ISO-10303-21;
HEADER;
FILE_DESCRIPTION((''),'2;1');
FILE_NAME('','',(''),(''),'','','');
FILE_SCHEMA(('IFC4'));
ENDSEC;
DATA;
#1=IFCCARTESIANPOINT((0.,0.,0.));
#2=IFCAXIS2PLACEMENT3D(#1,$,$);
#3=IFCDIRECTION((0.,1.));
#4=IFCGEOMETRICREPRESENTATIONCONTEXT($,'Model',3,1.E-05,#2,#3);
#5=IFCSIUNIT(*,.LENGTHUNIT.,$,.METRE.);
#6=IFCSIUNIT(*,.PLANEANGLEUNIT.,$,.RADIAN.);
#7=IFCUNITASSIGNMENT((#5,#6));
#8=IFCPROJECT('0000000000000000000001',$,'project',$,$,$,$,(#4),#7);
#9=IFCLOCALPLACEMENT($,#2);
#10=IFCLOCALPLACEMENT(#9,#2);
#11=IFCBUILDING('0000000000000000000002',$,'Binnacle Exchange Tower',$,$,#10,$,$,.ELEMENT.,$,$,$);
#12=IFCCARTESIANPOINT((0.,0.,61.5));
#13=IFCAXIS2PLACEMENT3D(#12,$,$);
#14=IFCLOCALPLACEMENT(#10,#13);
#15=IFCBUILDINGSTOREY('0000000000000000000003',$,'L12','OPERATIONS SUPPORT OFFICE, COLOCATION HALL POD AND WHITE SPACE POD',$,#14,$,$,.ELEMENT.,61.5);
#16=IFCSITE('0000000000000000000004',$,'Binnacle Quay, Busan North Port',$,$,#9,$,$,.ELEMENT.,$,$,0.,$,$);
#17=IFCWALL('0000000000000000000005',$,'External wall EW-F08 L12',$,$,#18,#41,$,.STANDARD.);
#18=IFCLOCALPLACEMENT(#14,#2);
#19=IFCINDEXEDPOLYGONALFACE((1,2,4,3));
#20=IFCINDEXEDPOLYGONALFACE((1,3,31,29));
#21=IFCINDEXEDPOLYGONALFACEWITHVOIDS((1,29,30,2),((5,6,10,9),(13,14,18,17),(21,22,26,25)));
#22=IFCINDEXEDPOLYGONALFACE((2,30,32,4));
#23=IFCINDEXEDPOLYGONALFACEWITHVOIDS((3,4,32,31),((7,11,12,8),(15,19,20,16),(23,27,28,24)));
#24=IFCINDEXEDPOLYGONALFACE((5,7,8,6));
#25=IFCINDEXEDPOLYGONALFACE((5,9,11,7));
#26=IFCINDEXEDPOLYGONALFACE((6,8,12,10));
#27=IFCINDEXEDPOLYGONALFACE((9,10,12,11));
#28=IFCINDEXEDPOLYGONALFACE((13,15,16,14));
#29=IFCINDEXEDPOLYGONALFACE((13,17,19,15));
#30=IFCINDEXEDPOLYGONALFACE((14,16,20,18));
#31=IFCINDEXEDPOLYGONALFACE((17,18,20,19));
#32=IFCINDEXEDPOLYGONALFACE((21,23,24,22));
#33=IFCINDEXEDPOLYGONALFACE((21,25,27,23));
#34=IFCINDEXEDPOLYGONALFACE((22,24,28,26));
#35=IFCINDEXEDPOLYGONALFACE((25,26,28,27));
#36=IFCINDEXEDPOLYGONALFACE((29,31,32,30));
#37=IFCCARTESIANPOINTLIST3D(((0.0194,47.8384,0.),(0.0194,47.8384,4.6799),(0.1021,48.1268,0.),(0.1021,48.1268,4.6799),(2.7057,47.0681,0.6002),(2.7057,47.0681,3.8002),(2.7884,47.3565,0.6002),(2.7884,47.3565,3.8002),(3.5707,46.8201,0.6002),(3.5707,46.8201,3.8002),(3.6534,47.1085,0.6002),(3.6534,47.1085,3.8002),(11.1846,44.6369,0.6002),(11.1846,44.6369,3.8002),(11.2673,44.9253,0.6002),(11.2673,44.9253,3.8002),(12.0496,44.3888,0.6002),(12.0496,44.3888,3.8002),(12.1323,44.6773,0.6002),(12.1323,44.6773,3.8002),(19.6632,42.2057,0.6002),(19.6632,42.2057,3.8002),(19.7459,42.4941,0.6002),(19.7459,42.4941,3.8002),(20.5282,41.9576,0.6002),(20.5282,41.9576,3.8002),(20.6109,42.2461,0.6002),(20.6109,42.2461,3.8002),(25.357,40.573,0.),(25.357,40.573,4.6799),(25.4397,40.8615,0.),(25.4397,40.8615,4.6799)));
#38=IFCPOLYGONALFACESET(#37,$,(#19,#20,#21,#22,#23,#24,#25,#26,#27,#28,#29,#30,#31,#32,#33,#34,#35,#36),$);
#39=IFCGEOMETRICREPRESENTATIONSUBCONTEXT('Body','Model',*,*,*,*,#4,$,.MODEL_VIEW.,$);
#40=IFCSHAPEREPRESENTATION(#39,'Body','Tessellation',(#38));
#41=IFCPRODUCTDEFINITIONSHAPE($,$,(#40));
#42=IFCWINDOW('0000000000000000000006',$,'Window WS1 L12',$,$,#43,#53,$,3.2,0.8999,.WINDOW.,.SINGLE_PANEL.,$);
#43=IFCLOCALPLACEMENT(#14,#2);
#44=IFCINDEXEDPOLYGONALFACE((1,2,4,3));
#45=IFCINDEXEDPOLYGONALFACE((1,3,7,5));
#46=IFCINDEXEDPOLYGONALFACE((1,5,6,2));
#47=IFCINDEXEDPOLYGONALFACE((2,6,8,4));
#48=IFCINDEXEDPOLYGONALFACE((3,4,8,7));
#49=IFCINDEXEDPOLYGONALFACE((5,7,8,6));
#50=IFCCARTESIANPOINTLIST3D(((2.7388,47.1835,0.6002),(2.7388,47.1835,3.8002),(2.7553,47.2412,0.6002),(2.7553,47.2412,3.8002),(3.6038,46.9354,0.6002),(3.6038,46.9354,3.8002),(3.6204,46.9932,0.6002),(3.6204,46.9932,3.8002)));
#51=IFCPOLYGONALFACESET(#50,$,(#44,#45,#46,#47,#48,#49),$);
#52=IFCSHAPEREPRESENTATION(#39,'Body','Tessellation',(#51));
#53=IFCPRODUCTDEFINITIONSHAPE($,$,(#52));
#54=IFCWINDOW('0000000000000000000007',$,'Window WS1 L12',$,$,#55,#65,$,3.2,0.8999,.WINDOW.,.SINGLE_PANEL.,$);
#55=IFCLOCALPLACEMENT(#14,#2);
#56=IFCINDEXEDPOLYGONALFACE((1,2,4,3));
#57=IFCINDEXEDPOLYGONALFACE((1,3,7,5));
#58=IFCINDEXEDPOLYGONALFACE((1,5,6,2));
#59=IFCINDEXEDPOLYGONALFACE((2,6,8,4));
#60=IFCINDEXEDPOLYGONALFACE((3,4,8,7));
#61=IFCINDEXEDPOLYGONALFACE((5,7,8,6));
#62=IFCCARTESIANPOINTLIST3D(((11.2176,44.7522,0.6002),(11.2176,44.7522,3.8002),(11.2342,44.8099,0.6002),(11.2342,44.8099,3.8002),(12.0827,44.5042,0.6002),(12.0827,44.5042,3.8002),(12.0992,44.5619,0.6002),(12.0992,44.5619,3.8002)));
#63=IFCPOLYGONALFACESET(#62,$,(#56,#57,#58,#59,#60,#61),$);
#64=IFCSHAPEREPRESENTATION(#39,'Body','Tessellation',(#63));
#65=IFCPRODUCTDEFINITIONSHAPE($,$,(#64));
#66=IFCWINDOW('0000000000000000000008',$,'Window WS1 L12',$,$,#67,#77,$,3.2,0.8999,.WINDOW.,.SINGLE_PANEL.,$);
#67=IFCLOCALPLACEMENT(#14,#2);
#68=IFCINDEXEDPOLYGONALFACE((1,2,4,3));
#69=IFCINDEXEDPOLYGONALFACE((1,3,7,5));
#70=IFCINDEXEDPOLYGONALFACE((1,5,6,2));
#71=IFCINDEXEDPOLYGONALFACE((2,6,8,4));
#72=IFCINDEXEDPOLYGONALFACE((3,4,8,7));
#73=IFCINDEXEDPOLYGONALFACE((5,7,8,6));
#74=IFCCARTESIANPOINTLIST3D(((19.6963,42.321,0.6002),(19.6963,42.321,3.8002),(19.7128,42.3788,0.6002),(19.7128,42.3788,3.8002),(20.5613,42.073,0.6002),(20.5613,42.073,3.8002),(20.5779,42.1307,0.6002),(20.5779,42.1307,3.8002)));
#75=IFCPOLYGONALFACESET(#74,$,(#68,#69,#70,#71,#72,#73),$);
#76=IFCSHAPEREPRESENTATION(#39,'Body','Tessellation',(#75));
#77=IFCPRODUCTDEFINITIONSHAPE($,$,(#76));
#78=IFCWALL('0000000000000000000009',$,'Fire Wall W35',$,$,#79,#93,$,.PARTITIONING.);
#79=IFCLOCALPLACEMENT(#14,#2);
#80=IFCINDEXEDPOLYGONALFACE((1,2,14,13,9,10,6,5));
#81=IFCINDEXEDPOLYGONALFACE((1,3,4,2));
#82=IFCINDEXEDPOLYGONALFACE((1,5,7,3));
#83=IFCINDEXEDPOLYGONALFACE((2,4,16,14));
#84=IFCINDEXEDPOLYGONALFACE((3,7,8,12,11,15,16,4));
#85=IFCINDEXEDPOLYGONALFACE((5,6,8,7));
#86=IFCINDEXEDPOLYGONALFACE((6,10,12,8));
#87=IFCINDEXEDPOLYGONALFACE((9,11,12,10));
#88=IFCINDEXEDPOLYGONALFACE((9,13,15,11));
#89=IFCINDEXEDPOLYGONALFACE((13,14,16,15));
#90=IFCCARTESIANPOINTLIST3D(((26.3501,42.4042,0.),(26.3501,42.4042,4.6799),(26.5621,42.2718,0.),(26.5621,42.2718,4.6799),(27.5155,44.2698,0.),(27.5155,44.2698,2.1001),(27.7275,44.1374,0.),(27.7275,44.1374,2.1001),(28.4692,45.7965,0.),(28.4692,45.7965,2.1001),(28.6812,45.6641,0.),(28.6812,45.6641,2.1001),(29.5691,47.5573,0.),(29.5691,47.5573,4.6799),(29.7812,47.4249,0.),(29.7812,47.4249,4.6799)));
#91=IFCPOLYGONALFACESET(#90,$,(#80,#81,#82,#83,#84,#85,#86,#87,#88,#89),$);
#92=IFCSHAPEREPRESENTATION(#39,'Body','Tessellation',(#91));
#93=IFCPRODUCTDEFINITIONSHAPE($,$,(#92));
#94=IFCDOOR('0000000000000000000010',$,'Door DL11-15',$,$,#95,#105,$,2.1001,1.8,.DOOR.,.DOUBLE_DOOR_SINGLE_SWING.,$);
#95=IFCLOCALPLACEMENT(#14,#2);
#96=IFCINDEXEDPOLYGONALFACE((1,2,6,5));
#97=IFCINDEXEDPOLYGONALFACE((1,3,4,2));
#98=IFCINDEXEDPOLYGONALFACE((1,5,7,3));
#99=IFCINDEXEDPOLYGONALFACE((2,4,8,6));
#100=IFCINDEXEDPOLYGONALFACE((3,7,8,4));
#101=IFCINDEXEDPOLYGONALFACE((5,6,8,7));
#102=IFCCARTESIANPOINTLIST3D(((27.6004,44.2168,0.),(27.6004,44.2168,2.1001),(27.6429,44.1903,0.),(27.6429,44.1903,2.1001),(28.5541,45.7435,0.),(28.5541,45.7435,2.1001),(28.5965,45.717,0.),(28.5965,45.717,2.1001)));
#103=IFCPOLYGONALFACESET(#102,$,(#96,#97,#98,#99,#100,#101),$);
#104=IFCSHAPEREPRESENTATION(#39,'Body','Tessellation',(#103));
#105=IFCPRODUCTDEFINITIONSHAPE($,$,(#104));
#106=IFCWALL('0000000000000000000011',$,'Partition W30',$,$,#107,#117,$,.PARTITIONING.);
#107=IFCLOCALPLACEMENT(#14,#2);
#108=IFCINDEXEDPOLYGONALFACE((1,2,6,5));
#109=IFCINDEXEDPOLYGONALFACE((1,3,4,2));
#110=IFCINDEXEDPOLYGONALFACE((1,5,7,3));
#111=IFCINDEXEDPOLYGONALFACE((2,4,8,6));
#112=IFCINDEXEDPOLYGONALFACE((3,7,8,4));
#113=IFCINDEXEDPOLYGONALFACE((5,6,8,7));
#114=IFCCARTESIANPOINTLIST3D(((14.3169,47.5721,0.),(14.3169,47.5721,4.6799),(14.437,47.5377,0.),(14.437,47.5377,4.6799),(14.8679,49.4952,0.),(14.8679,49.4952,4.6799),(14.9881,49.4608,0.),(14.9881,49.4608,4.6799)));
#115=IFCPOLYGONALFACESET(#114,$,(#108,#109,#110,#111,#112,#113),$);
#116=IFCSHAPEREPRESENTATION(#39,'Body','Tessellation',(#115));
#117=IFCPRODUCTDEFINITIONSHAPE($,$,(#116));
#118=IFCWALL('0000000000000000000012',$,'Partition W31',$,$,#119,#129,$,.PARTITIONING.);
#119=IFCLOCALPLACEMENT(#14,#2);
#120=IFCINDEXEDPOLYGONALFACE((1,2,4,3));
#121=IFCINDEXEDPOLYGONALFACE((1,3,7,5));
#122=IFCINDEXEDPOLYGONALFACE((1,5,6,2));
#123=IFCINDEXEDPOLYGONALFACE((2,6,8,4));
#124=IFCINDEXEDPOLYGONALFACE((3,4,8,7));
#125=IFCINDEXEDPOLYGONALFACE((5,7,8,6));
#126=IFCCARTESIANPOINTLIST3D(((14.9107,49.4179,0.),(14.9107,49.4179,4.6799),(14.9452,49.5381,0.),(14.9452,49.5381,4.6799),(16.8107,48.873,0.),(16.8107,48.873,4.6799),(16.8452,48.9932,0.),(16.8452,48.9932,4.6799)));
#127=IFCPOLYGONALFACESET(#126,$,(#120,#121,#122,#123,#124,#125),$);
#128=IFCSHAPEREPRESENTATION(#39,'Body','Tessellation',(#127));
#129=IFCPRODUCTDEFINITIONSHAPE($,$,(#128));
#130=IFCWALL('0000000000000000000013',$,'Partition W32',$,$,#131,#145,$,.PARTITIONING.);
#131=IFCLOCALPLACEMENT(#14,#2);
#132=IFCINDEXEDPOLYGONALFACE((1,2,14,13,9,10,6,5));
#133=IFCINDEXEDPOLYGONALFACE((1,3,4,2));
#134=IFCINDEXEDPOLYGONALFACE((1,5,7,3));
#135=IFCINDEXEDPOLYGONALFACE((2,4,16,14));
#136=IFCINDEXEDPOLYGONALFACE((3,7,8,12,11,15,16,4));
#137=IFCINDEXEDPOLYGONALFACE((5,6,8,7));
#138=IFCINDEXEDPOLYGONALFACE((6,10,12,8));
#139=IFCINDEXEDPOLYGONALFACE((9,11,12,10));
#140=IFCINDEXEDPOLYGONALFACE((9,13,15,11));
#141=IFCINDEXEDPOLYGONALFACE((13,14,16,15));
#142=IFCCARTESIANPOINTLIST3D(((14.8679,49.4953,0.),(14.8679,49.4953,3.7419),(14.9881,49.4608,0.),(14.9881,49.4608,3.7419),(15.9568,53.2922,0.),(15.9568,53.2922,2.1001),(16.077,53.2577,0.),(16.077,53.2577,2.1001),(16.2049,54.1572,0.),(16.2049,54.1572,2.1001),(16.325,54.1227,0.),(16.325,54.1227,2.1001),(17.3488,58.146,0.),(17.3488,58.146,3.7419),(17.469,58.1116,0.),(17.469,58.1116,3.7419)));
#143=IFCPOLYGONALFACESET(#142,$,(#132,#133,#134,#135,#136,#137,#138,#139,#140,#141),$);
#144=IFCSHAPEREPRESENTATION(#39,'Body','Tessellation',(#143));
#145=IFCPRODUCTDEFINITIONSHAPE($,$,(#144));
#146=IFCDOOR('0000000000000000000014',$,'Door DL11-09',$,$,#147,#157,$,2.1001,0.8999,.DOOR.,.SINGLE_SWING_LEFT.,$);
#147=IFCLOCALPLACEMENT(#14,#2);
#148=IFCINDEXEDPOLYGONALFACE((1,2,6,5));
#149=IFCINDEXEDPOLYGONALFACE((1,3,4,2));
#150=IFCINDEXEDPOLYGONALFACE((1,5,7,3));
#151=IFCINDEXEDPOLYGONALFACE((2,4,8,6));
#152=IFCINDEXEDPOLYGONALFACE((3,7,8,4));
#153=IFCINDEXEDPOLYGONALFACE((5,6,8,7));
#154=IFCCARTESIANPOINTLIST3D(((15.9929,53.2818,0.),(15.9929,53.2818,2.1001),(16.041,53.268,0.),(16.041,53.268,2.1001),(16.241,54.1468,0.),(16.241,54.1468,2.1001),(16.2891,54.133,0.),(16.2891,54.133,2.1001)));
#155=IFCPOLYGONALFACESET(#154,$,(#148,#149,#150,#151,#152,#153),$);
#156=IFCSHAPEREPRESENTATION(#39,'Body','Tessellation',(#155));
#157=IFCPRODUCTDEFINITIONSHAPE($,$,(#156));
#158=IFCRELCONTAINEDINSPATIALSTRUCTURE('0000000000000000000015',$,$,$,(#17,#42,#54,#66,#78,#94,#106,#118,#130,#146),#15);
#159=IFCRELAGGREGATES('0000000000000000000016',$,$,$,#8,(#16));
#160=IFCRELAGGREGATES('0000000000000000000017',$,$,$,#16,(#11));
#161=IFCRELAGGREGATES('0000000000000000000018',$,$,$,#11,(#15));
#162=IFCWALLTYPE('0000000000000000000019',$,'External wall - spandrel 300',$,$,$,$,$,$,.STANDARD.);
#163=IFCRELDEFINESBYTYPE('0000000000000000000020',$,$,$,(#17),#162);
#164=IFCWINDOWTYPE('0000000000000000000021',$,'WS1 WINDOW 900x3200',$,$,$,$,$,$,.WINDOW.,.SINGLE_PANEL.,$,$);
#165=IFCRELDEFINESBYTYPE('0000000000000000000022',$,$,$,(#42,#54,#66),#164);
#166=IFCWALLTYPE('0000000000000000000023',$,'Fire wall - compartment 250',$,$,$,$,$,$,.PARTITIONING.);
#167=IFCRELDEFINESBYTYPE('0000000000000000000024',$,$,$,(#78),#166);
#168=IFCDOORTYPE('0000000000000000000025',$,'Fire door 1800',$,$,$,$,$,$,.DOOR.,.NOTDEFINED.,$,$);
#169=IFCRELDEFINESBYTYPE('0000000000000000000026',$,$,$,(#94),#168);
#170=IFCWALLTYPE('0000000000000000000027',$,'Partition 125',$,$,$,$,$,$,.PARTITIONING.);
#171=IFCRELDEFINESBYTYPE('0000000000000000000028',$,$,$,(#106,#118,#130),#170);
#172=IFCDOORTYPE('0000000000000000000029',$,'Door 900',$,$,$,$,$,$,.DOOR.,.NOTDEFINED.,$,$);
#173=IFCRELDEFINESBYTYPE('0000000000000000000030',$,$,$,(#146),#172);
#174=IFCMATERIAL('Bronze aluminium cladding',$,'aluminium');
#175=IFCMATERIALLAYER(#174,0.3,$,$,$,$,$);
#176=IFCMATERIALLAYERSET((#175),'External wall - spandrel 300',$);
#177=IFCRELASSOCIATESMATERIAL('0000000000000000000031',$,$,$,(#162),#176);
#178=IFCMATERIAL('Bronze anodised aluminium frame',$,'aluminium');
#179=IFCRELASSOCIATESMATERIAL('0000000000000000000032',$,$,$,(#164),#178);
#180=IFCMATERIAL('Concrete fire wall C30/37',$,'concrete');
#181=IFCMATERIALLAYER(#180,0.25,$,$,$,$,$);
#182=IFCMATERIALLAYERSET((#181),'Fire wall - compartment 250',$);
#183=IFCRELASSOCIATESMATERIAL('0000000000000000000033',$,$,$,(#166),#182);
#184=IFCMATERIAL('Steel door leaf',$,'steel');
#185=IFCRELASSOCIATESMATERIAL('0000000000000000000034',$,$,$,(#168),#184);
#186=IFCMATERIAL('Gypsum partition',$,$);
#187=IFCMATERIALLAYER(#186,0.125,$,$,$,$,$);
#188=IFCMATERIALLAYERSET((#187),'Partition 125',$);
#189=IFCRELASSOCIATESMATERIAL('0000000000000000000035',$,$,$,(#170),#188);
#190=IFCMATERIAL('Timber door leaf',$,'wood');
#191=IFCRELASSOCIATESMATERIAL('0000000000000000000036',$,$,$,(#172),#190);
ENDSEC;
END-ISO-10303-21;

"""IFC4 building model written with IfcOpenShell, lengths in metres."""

from ifc_helpers import new_model, si_unit, direction, frame, frame_2d, origin, place, context, subcontext, project, spatial, rectangle, extrude, material, layer, layer_set, type_object, element, fill, save


model = new_model("IFC4")

# Units and contexts
model_context = context("Model", 3, precision=1e-05, world=origin(), true_north=direction((0.0, 1.0)))
body_context = subcontext(model_context, "Body", "Model", "MODEL_VIEW")
ifc_project = project(units=[si_unit("LENGTHUNIT", "METRE"), si_unit("PLANEANGLEUNIT", "RADIAN")], contexts=[model_context])

# Site, building, storey
site_placement = place(None, origin())
site = spatial("IfcSite", under=ifc_project, at=site_placement, Name="Binnacle Quay, Busan North Port", CompositionType="ELEMENT", RefElevation=0.0)
building_placement = place(site_placement, origin())
building = spatial("IfcBuilding", under=site, at=building_placement, Name="Binnacle Exchange Tower", CompositionType="ELEMENT")
storey_placement = place(building_placement, frame((0.0, 0.0, 61.5)))
storey = spatial("IfcBuildingStorey", under=building, at=storey_placement, Name="L12", Description="OPERATIONS SUPPORT OFFICE, COLOCATION HALL POD AND WHITE SPACE POD", CompositionType="ELEMENT", Elevation=61.5)

# Shared definitions
ifc_material_1 = material(Name="Steel door leaf", Category="steel")

# Wall, openings, windows
ifc_material_2 = material(Name="Bronze aluminium cladding", Category="aluminium")
ifc_layer_1 = layer(ifc_material_2, 0.3)
ifc_layer_set_1 = layer_set([ifc_layer_1], Name="External wall - spandrel 300")
wall_type_1 = type_object("IfcWallType", Name="External wall - spandrel 300", PredefinedType="STANDARD", material=ifc_layer_set_1)
wall_1_placement = place(storey_placement, frame((25.3982, 40.7173, 0.0), z_axis=(0.0, 0.0, 1.0), x_axis=(-0.961262, 0.275635, 0.0)))
wall_1 = element("IfcWall", 1, at=wall_1_placement, inside=storey, type_object=wall_type_1, Name="External wall EW-F08 L12", PredefinedType="STANDARD", context=body_context, shape_type="SweptSolid", body=[
    extrude(rectangle(XDim=26.3586, YDim=0.3, at=frame_2d((13.1792, 0.0))), origin(), (0.0, 0.0, 1.0), 4.6799),
])
opening_1_placement = place(wall_1_placement, frame((22.6641, 0.0, 0.6001)))
opening_1 = element("IfcOpeningElement", 2, at=opening_1_placement, cuts=wall_1, PredefinedType="OPENING", context=body_context, shape_type="SweptSolid", body=[
    extrude(rectangle(XDim=0.8999, YDim=3.2, at=frame_2d((0.45, 1.6001))), frame((0.0, 0.1599, 0.0), z_axis=(0.0, -1.0, 0.0), x_axis=(1.0, 0.0, 0.0)), (0.0, 0.0, 1.0), 0.3201),
])
opening_2_placement = place(wall_1_placement, frame((13.8435, 0.0, 0.6001)))
opening_2 = element("IfcOpeningElement", 3, at=opening_2_placement, cuts=wall_1, PredefinedType="OPENING", context=body_context, shape_type="SweptSolid", body=[
    extrude(rectangle(XDim=0.8999, YDim=3.2, at=frame_2d((0.45, 1.6001))), frame((0.0, 0.1599, 0.0), z_axis=(0.0, -1.0, 0.0), x_axis=(1.0, 0.0, 0.0)), (0.0, 0.0, 1.0), 0.3201),
])
opening_3_placement = place(wall_1_placement, frame((5.0232, 0.0, 0.6001)))
opening_3 = element("IfcOpeningElement", 4, at=opening_3_placement, cuts=wall_1, PredefinedType="OPENING", context=body_context, shape_type="SweptSolid", body=[
    extrude(rectangle(XDim=0.8999, YDim=3.2, at=frame_2d((0.45, 1.6001))), frame((0.0, 0.1599, 0.0), z_axis=(0.0, -1.0, 0.0), x_axis=(1.0, 0.0, 0.0)), (0.0, 0.0, 1.0), 0.3201),
])
ifc_material_3 = material(Name="Bronze anodised aluminium frame", Category="aluminium")
window_type = type_object("IfcWindowType", Name="WS1 WINDOW 900x3200", PartitioningType="SINGLE_PANEL", PredefinedType="WINDOW", material=ifc_material_3)
window_1_placement = place(opening_1_placement, origin())
window_1 = element("IfcWindow", 5, at=window_1_placement, inside=storey, type_object=window_type, Name="Window WS1 L12", OverallHeight=3.2, OverallWidth=0.8999, PartitioningType="SINGLE_PANEL", PredefinedType="WINDOW", context=body_context, shape_type="SweptSolid", body=[
    extrude(rectangle(XDim=0.8999, YDim=3.2, at=frame_2d((0.45, 1.6001))), frame((0.0, 0.03, 0.0), z_axis=(0.0, -1.0, 0.0), x_axis=(1.0, 0.0, 0.0)), (0.0, 0.0, 1.0), 0.0601),
])
fill(opening_1, window_1)
window_2_placement = place(opening_2_placement, origin())
window_2 = element("IfcWindow", 6, at=window_2_placement, inside=storey, type_object=window_type, Name="Window WS1 L12", OverallHeight=3.2, OverallWidth=0.8999, PartitioningType="SINGLE_PANEL", PredefinedType="WINDOW", context=body_context, shape_type="SweptSolid", body=[
    extrude(rectangle(XDim=0.8999, YDim=3.2, at=frame_2d((0.45, 1.6001))), frame((0.0, 0.03, 0.0), z_axis=(0.0, -1.0, 0.0), x_axis=(1.0, 0.0, 0.0)), (0.0, 0.0, 1.0), 0.0601),
])
fill(opening_2, window_2)
window_3_placement = place(opening_3_placement, origin())
window_3 = element("IfcWindow", 7, at=window_3_placement, inside=storey, type_object=window_type, Name="Window WS1 L12", OverallHeight=3.2, OverallWidth=0.8999, PartitioningType="SINGLE_PANEL", PredefinedType="WINDOW", context=body_context, shape_type="SweptSolid", body=[
    extrude(rectangle(XDim=0.8999, YDim=3.2, at=frame_2d((0.45, 1.6001))), frame((0.0, 0.03, 0.0), z_axis=(0.0, -1.0, 0.0), x_axis=(1.0, 0.0, 0.0)), (0.0, 0.0, 1.0), 0.0601),
])
fill(opening_3, window_3)

# Wall, opening, door
ifc_material_4 = material(Name="Concrete fire wall C30/37", Category="concrete")
ifc_layer_2 = layer(ifc_material_4, 0.25)
ifc_layer_set_2 = layer_set([ifc_layer_2], Name="Fire wall - compartment 250")
wall_type_2 = type_object("IfcWallType", Name="Fire wall - compartment 250", PredefinedType="PARTITIONING", material=ifc_layer_set_2)
wall_2_placement = place(storey_placement, frame((26.4561, 42.3379, 0.0), z_axis=(0.0, 0.0, 1.0), x_axis=(0.5298, 0.848122, 0.0)))
wall_2 = element("IfcWall", 8, at=wall_2_placement, inside=storey, type_object=wall_type_2, Name="Fire Wall W35", PredefinedType="PARTITIONING", context=body_context, shape_type="SweptSolid", body=[
    extrude(rectangle(XDim=6.0759, YDim=0.25, at=frame_2d((3.0381, 0.0))), origin(), (0.0, 0.0, 1.0), 4.6799),
])
opening_4_placement = place(wall_2_placement, frame((2.2, 0.0, 0.0)))
opening_4 = element("IfcOpeningElement", 9, at=opening_4_placement, cuts=wall_2, PredefinedType="OPENING", context=body_context, shape_type="SweptSolid", body=[
    extrude(rectangle(XDim=1.8, YDim=2.1001, at=frame_2d((0.8999, 1.05))), frame((0.0, 0.135, 0.0), z_axis=(0.0, -1.0, 0.0), x_axis=(1.0, 0.0, 0.0)), (0.0, 0.0, 1.0), 0.27),
])
door_type_1 = type_object("IfcDoorType", Name="Fire door 1800", OperationType="NOTDEFINED", PredefinedType="DOOR", material=ifc_material_1)
door_1_placement = place(opening_4_placement, origin())
door_1 = element("IfcDoor", 10, at=door_1_placement, inside=storey, type_object=door_type_1, Name="Door DL11-15", OperationType="DOUBLE_DOOR_SINGLE_SWING", OverallHeight=2.1001, OverallWidth=1.8, PredefinedType="DOOR", context=body_context, shape_type="SweptSolid", body=[
    extrude(rectangle(XDim=1.8, YDim=2.1001, at=frame_2d((0.8999, 1.05))), frame((0.0, 0.0249, 0.0), z_axis=(0.0, -1.0, 0.0), x_axis=(1.0, 0.0, 0.0)), (0.0, 0.0, 1.0), 0.05),
])
fill(opening_4, door_1)

# Walls
ifc_material_5 = material(Name="Gypsum partition")
ifc_layer_3 = layer(ifc_material_5, 0.125)
ifc_layer_set_3 = layer_set([ifc_layer_3], Name="Partition 125")
wall_type_3 = type_object("IfcWallType", Name="Partition 125", PredefinedType="PARTITIONING", material=ifc_layer_set_3)
wall_3_placement = place(storey_placement, frame((14.377, 47.5549, 0.0), z_axis=(0.0, 0.0, 1.0), x_axis=(0.275446, 0.961316, 0.0)))
element("IfcWall", 11, at=wall_3_placement, inside=storey, type_object=wall_type_3, Name="Partition W30", PredefinedType="PARTITIONING", context=body_context, shape_type="SweptSolid", body=[
    extrude(rectangle(XDim=2.0005, YDim=0.125, at=frame_2d((1.0002, 0.0))), origin(), (0.0, 0.0, 1.0), 4.6799),
])
wall_4_placement = place(storey_placement, frame((14.928, 49.478, 0.0), z_axis=(0.0, 0.0, 1.0), x_axis=(0.961244, -0.2757, 0.0)))
element("IfcWall", 12, at=wall_4_placement, inside=storey, type_object=wall_type_3, Name="Partition W31", PredefinedType="PARTITIONING", context=body_context, shape_type="SweptSolid", body=[
    extrude(rectangle(XDim=1.9766, YDim=0.125, at=frame_2d((0.9883, 0.0))), origin(), (0.0, 0.0, 1.0), 4.6799),
])

# Wall, opening, door
wall_5_placement = place(storey_placement, frame((14.928, 49.478, 0.0), z_axis=(0.0, 0.0, 1.0), x_axis=(0.275674, 0.961251, 0.0)))
wall_5 = element("IfcWall", 13, at=wall_5_placement, inside=storey, type_object=wall_type_3, Name="Partition W32", PredefinedType="PARTITIONING", context=body_context, shape_type="SweptSolid", body=[
    extrude(rectangle(XDim=8.9995, YDim=0.125, at=frame_2d((4.4998, 0.0))), origin(), (0.0, 0.0, 1.0), 3.7419),
])
opening_5_placement = place(wall_5_placement, frame((3.95, 0.0, 0.0)))
opening_5 = element("IfcOpeningElement", 14, at=opening_5_placement, cuts=wall_5, PredefinedType="OPENING", context=body_context, shape_type="SweptSolid", body=[
    extrude(rectangle(XDim=0.8999, YDim=2.1001, at=frame_2d((0.45, 1.05))), frame((0.0, 0.0725, 0.0), z_axis=(0.0, -1.0, 0.0), x_axis=(1.0, 0.0, 0.0)), (0.0, 0.0, 1.0), 0.145),
])
ifc_material_6 = material(Name="Timber door leaf", Category="wood")
door_type_2 = type_object("IfcDoorType", Name="Door 900", OperationType="NOTDEFINED", PredefinedType="DOOR", material=ifc_material_6)
door_2_placement = place(opening_5_placement, origin())
door_2 = element("IfcDoor", 15, at=door_2_placement, inside=storey, type_object=door_type_2, Name="Door DL11-09", OperationType="SINGLE_SWING_LEFT", OverallHeight=2.1001, OverallWidth=0.8999, PredefinedType="DOOR", context=body_context, shape_type="SweptSolid", body=[
    extrude(rectangle(XDim=0.8999, YDim=2.1001, at=frame_2d((0.45, 1.05))), frame((0.0, 0.0249, 0.0), z_axis=(0.0, -1.0, 0.0), x_axis=(1.0, 0.0, 0.0)), (0.0, 0.0, 1.0), 0.05),
])
fill(opening_5, door_2)

save(model, "model.ifc")
